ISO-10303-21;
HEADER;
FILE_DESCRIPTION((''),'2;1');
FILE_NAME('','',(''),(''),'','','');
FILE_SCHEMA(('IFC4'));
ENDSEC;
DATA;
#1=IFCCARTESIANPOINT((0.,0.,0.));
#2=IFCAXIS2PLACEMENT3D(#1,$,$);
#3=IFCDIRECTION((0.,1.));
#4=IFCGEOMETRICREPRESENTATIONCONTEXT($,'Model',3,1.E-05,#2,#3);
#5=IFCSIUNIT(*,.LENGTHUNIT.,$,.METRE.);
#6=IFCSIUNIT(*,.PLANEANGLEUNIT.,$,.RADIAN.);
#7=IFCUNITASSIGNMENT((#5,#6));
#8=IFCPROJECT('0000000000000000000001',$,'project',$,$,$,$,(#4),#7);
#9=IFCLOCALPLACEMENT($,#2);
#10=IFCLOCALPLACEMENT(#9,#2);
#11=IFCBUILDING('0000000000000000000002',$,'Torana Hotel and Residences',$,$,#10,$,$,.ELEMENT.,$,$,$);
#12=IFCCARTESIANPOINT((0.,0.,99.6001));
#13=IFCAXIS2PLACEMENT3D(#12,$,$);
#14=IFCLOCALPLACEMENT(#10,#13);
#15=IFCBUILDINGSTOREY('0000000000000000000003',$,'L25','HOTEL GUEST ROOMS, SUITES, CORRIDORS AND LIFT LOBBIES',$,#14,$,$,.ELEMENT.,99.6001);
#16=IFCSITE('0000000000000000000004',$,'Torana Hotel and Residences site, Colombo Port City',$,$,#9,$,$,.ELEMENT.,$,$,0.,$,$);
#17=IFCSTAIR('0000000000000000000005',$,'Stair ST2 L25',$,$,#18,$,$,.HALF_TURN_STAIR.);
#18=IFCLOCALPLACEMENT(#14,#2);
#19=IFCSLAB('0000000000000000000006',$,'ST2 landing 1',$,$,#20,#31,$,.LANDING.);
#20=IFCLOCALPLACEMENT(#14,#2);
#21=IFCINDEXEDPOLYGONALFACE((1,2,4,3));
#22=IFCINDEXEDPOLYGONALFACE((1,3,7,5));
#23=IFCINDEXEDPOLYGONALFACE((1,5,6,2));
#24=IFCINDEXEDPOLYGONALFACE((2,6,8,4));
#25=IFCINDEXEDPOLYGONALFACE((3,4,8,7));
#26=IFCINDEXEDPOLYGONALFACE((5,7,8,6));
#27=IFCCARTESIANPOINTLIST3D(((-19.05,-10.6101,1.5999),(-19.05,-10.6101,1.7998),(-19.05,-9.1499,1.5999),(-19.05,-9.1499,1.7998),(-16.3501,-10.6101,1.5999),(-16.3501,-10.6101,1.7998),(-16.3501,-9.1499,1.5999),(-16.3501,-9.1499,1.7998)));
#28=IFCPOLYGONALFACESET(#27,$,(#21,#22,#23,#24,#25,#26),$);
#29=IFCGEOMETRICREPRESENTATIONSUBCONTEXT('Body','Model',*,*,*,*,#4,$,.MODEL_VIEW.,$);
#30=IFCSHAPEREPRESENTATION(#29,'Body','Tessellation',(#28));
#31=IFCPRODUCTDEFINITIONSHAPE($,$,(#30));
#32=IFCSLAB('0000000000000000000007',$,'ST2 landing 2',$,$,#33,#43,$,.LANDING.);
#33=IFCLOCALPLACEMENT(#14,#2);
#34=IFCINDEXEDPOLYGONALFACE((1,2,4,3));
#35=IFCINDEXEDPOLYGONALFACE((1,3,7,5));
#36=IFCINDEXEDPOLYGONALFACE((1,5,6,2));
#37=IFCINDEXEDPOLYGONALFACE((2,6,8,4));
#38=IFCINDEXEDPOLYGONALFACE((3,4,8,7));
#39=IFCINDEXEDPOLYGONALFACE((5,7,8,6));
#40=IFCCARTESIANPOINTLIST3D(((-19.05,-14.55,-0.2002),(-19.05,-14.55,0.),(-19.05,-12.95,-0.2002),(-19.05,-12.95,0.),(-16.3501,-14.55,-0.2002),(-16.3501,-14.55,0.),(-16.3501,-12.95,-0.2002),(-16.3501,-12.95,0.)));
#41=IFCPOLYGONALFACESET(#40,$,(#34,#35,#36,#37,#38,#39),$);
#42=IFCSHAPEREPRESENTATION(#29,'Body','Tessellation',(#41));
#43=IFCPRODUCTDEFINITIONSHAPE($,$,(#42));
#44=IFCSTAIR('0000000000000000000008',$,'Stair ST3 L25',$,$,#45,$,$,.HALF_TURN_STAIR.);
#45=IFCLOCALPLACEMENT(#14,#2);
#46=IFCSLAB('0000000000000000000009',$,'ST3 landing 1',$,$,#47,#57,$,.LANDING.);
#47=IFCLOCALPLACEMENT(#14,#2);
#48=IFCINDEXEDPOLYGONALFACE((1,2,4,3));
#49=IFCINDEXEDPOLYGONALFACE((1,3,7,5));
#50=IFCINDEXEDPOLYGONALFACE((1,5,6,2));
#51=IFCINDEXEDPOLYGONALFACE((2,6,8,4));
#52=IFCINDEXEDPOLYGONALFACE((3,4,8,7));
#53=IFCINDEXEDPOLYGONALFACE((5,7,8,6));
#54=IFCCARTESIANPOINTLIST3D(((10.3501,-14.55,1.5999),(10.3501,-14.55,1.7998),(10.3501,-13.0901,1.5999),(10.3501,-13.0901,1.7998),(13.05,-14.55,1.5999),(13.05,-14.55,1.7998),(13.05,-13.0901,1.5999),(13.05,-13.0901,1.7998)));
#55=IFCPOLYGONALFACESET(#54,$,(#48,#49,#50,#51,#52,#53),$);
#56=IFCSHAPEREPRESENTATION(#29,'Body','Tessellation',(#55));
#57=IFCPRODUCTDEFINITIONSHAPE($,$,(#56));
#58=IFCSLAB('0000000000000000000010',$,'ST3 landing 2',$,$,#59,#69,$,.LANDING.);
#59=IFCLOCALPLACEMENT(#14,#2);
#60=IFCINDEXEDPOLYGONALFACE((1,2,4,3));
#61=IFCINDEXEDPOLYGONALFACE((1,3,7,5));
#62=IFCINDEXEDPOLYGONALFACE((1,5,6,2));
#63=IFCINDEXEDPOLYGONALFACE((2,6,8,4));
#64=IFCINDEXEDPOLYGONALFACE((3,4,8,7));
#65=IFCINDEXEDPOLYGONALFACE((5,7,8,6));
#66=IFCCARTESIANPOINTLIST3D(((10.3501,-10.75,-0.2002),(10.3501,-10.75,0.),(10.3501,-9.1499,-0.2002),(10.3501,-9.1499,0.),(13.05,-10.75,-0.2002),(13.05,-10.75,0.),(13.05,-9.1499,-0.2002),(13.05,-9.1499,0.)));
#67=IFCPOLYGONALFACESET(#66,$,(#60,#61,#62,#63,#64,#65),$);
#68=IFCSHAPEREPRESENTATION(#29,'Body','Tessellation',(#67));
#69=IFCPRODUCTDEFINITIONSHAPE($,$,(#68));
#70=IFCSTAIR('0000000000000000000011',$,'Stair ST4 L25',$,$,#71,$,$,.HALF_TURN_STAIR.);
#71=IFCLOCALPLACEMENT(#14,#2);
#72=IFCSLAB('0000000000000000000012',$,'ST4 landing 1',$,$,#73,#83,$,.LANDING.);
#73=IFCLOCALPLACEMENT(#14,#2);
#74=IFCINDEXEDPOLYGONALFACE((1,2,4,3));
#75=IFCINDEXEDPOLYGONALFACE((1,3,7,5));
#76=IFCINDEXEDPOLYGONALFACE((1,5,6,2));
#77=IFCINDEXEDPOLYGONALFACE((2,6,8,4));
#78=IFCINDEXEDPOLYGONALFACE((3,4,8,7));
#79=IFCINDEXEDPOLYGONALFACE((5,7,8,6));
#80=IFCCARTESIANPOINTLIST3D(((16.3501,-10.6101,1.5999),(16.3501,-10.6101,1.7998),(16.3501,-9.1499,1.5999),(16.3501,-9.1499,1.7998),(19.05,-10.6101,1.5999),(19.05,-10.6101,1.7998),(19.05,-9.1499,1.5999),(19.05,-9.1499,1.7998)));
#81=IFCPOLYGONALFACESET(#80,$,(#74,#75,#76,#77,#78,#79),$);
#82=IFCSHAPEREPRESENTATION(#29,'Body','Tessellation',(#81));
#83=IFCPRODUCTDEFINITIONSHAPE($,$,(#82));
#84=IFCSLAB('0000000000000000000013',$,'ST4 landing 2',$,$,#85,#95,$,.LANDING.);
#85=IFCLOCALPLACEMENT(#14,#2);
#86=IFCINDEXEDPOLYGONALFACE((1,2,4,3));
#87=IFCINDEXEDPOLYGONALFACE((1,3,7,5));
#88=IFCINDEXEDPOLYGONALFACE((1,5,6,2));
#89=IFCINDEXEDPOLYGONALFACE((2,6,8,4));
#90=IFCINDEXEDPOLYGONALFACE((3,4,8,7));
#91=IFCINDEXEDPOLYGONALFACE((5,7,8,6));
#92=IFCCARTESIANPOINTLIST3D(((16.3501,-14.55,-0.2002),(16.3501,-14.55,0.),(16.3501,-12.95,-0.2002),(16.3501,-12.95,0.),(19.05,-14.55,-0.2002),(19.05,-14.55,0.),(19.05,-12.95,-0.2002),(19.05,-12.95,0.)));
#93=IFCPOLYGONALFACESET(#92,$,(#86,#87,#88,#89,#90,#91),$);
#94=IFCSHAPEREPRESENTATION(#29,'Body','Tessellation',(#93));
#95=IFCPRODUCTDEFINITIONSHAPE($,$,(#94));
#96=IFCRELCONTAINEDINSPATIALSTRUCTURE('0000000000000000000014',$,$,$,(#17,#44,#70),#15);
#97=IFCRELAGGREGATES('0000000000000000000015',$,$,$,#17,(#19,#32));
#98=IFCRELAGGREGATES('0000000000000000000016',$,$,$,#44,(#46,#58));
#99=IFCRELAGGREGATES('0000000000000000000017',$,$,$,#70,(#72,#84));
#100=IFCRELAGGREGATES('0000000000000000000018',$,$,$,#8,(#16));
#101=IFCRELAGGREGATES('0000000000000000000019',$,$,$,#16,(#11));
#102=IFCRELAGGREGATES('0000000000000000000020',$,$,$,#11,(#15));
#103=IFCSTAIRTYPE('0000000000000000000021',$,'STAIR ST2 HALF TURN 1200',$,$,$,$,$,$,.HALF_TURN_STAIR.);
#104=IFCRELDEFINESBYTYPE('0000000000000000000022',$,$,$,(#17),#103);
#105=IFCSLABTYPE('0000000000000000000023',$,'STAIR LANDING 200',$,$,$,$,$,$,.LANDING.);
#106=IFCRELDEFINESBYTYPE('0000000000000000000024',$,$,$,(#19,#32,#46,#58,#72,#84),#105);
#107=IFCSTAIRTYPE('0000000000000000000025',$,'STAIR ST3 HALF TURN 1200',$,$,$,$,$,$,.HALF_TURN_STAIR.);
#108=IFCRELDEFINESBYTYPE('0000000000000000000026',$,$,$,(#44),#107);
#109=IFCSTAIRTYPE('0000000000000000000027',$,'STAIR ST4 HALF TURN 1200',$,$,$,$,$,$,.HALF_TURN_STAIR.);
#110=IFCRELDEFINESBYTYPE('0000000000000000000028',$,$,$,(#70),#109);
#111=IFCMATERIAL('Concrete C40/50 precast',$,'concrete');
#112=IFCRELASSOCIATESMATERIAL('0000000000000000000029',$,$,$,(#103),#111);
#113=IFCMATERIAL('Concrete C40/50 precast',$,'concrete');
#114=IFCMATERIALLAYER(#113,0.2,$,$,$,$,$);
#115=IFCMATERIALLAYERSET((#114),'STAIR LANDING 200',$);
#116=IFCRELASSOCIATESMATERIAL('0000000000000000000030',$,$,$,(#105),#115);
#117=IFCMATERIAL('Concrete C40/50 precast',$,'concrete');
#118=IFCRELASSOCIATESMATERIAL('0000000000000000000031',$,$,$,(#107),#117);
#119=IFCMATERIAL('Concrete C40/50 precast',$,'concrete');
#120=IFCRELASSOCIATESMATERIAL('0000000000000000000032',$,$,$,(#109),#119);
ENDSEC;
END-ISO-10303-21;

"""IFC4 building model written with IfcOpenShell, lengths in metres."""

from ifc_helpers import new_model, si_unit, direction, frame, origin, place, context, subcontext, project, spatial, polyline, outline, extrude, material, layer, layer_set, type_object, element, aggregate, save


model = new_model("IFC4")

# Units and contexts
model_context = context("Model", 3, precision=1e-05, world=origin(), true_north=direction((0.0, 1.0)))
body_context = subcontext(model_context, "Body", "Model", "MODEL_VIEW")
ifc_project = project(units=[si_unit("LENGTHUNIT", "METRE"), si_unit("PLANEANGLEUNIT", "RADIAN")], contexts=[model_context])

# Site, building, storey
site_placement = place(None, origin())
site = spatial("IfcSite", under=ifc_project, at=site_placement, Name="Torana Hotel and Residences site, Colombo Port City", CompositionType="ELEMENT", RefElevation=0.0)
building_placement = place(site_placement, origin())
building = spatial("IfcBuilding", under=site, at=building_placement, Name="Torana Hotel and Residences", CompositionType="ELEMENT")
storey_placement = place(building_placement, frame((0.0, 0.0, 99.6001)))
storey = spatial("IfcBuildingStorey", under=building, at=storey_placement, Name="L25", Description="HOTEL GUEST ROOMS, SUITES, CORRIDORS AND LIFT LOBBIES", CompositionType="ELEMENT", Elevation=99.6001)

# Stairs, slabs
ifc_material_1 = material(Name="Concrete C40/50 precast", Category="concrete")
stair_type_1 = type_object("IfcStairType", Name="STAIR ST2 HALF TURN 1200", PredefinedType="HALF_TURN_STAIR", material=ifc_material_1)
stair_1_placement = place(storey_placement, origin())
stair_1 = element("IfcStair", 1, at=stair_1_placement, inside=storey, type_object=stair_type_1, Name="Stair ST2 L25", PredefinedType="HALF_TURN_STAIR")
ifc_material_2 = material(Name="Concrete C40/50 precast", Category="concrete")
ifc_layer_1 = layer(ifc_material_2, 0.2)
ifc_layer_set_1 = layer_set([ifc_layer_1], Name="STAIR LANDING 200")
slab_type = type_object("IfcSlabType", Name="STAIR LANDING 200", PredefinedType="LANDING", material=ifc_layer_set_1)
slab_1_placement = place(storey_placement, frame((0.0, 0.0, 1.5999)))
slab_1 = element("IfcSlab", 2, at=slab_1_placement, type_object=slab_type, Name="ST2 landing 1", PredefinedType="LANDING", context=body_context, shape_type="SweptSolid", body=[
    extrude(outline(polyline([(-19.05, -10.6101), (-16.3501, -10.6101), (-16.3501, -9.1499), (-19.05, -9.1499), (-19.05, -10.6101)])), origin(), (0.0, 0.0, 1.0), 0.2),
])
slab_2_placement = place(storey_placement, frame((0.0, 0.0, -0.2002)))
slab_2 = element("IfcSlab", 3, at=slab_2_placement, type_object=slab_type, Name="ST2 landing 2", PredefinedType="LANDING", context=body_context, shape_type="SweptSolid", body=[
    extrude(outline(polyline([(-19.05, -14.55), (-16.3501, -14.55), (-16.3501, -12.95), (-19.05, -12.95), (-19.05, -14.55)])), origin(), (0.0, 0.0, 1.0), 0.2002),
])
aggregate(stair_1, [slab_1, slab_2])
ifc_material_3 = material(Name="Concrete C40/50 precast", Category="concrete")
stair_type_2 = type_object("IfcStairType", Name="STAIR ST3 HALF TURN 1200", PredefinedType="HALF_TURN_STAIR", material=ifc_material_3)
stair_2_placement = place(storey_placement, origin())
stair_2 = element("IfcStair", 4, at=stair_2_placement, inside=storey, type_object=stair_type_2, Name="Stair ST3 L25", PredefinedType="HALF_TURN_STAIR")
slab_3_placement = place(storey_placement, frame((0.0, 0.0, 1.5999)))
slab_3 = element("IfcSlab", 5, at=slab_3_placement, type_object=slab_type, Name="ST3 landing 1", PredefinedType="LANDING", context=body_context, shape_type="SweptSolid", body=[
    extrude(outline(polyline([(10.3501, -14.55), (13.05, -14.55), (13.05, -13.0901), (10.3501, -13.0901), (10.3501, -14.55)])), origin(), (0.0, 0.0, 1.0), 0.2),
])
slab_4_placement = place(storey_placement, frame((0.0, 0.0, -0.2002)))
slab_4 = element("IfcSlab", 6, at=slab_4_placement, type_object=slab_type, Name="ST3 landing 2", PredefinedType="LANDING", context=body_context, shape_type="SweptSolid", body=[
    extrude(outline(polyline([(10.3501, -10.75), (13.05, -10.75), (13.05, -9.1499), (10.3501, -9.1499), (10.3501, -10.75)])), origin(), (0.0, 0.0, 1.0), 0.2002),
])
aggregate(stair_2, [slab_3, slab_4])
ifc_material_4 = material(Name="Concrete C40/50 precast", Category="concrete")
stair_type_3 = type_object("IfcStairType", Name="STAIR ST4 HALF TURN 1200", PredefinedType="HALF_TURN_STAIR", material=ifc_material_4)
stair_3_placement = place(storey_placement, origin())
stair_3 = element("IfcStair", 7, at=stair_3_placement, inside=storey, type_object=stair_type_3, Name="Stair ST4 L25", PredefinedType="HALF_TURN_STAIR")
slab_5_placement = place(storey_placement, frame((0.0, 0.0, 1.5999)))
slab_5 = element("IfcSlab", 8, at=slab_5_placement, type_object=slab_type, Name="ST4 landing 1", PredefinedType="LANDING", context=body_context, shape_type="SweptSolid", body=[
    extrude(outline(polyline([(16.3501, -10.6101), (19.05, -10.6101), (19.05, -9.1499), (16.3501, -9.1499), (16.3501, -10.6101)])), origin(), (0.0, 0.0, 1.0), 0.2),
])
slab_6_placement = place(storey_placement, frame((0.0, 0.0, -0.2002)))
slab_6 = element("IfcSlab", 9, at=slab_6_placement, type_object=slab_type, Name="ST4 landing 2", PredefinedType="LANDING", context=body_context, shape_type="SweptSolid", body=[
    extrude(outline(polyline([(16.3501, -14.55), (19.05, -14.55), (19.05, -12.95), (16.3501, -12.95), (16.3501, -14.55)])), origin(), (0.0, 0.0, 1.0), 0.2002),
])
aggregate(stair_3, [slab_5, slab_6])

save(model, "model.ifc")
